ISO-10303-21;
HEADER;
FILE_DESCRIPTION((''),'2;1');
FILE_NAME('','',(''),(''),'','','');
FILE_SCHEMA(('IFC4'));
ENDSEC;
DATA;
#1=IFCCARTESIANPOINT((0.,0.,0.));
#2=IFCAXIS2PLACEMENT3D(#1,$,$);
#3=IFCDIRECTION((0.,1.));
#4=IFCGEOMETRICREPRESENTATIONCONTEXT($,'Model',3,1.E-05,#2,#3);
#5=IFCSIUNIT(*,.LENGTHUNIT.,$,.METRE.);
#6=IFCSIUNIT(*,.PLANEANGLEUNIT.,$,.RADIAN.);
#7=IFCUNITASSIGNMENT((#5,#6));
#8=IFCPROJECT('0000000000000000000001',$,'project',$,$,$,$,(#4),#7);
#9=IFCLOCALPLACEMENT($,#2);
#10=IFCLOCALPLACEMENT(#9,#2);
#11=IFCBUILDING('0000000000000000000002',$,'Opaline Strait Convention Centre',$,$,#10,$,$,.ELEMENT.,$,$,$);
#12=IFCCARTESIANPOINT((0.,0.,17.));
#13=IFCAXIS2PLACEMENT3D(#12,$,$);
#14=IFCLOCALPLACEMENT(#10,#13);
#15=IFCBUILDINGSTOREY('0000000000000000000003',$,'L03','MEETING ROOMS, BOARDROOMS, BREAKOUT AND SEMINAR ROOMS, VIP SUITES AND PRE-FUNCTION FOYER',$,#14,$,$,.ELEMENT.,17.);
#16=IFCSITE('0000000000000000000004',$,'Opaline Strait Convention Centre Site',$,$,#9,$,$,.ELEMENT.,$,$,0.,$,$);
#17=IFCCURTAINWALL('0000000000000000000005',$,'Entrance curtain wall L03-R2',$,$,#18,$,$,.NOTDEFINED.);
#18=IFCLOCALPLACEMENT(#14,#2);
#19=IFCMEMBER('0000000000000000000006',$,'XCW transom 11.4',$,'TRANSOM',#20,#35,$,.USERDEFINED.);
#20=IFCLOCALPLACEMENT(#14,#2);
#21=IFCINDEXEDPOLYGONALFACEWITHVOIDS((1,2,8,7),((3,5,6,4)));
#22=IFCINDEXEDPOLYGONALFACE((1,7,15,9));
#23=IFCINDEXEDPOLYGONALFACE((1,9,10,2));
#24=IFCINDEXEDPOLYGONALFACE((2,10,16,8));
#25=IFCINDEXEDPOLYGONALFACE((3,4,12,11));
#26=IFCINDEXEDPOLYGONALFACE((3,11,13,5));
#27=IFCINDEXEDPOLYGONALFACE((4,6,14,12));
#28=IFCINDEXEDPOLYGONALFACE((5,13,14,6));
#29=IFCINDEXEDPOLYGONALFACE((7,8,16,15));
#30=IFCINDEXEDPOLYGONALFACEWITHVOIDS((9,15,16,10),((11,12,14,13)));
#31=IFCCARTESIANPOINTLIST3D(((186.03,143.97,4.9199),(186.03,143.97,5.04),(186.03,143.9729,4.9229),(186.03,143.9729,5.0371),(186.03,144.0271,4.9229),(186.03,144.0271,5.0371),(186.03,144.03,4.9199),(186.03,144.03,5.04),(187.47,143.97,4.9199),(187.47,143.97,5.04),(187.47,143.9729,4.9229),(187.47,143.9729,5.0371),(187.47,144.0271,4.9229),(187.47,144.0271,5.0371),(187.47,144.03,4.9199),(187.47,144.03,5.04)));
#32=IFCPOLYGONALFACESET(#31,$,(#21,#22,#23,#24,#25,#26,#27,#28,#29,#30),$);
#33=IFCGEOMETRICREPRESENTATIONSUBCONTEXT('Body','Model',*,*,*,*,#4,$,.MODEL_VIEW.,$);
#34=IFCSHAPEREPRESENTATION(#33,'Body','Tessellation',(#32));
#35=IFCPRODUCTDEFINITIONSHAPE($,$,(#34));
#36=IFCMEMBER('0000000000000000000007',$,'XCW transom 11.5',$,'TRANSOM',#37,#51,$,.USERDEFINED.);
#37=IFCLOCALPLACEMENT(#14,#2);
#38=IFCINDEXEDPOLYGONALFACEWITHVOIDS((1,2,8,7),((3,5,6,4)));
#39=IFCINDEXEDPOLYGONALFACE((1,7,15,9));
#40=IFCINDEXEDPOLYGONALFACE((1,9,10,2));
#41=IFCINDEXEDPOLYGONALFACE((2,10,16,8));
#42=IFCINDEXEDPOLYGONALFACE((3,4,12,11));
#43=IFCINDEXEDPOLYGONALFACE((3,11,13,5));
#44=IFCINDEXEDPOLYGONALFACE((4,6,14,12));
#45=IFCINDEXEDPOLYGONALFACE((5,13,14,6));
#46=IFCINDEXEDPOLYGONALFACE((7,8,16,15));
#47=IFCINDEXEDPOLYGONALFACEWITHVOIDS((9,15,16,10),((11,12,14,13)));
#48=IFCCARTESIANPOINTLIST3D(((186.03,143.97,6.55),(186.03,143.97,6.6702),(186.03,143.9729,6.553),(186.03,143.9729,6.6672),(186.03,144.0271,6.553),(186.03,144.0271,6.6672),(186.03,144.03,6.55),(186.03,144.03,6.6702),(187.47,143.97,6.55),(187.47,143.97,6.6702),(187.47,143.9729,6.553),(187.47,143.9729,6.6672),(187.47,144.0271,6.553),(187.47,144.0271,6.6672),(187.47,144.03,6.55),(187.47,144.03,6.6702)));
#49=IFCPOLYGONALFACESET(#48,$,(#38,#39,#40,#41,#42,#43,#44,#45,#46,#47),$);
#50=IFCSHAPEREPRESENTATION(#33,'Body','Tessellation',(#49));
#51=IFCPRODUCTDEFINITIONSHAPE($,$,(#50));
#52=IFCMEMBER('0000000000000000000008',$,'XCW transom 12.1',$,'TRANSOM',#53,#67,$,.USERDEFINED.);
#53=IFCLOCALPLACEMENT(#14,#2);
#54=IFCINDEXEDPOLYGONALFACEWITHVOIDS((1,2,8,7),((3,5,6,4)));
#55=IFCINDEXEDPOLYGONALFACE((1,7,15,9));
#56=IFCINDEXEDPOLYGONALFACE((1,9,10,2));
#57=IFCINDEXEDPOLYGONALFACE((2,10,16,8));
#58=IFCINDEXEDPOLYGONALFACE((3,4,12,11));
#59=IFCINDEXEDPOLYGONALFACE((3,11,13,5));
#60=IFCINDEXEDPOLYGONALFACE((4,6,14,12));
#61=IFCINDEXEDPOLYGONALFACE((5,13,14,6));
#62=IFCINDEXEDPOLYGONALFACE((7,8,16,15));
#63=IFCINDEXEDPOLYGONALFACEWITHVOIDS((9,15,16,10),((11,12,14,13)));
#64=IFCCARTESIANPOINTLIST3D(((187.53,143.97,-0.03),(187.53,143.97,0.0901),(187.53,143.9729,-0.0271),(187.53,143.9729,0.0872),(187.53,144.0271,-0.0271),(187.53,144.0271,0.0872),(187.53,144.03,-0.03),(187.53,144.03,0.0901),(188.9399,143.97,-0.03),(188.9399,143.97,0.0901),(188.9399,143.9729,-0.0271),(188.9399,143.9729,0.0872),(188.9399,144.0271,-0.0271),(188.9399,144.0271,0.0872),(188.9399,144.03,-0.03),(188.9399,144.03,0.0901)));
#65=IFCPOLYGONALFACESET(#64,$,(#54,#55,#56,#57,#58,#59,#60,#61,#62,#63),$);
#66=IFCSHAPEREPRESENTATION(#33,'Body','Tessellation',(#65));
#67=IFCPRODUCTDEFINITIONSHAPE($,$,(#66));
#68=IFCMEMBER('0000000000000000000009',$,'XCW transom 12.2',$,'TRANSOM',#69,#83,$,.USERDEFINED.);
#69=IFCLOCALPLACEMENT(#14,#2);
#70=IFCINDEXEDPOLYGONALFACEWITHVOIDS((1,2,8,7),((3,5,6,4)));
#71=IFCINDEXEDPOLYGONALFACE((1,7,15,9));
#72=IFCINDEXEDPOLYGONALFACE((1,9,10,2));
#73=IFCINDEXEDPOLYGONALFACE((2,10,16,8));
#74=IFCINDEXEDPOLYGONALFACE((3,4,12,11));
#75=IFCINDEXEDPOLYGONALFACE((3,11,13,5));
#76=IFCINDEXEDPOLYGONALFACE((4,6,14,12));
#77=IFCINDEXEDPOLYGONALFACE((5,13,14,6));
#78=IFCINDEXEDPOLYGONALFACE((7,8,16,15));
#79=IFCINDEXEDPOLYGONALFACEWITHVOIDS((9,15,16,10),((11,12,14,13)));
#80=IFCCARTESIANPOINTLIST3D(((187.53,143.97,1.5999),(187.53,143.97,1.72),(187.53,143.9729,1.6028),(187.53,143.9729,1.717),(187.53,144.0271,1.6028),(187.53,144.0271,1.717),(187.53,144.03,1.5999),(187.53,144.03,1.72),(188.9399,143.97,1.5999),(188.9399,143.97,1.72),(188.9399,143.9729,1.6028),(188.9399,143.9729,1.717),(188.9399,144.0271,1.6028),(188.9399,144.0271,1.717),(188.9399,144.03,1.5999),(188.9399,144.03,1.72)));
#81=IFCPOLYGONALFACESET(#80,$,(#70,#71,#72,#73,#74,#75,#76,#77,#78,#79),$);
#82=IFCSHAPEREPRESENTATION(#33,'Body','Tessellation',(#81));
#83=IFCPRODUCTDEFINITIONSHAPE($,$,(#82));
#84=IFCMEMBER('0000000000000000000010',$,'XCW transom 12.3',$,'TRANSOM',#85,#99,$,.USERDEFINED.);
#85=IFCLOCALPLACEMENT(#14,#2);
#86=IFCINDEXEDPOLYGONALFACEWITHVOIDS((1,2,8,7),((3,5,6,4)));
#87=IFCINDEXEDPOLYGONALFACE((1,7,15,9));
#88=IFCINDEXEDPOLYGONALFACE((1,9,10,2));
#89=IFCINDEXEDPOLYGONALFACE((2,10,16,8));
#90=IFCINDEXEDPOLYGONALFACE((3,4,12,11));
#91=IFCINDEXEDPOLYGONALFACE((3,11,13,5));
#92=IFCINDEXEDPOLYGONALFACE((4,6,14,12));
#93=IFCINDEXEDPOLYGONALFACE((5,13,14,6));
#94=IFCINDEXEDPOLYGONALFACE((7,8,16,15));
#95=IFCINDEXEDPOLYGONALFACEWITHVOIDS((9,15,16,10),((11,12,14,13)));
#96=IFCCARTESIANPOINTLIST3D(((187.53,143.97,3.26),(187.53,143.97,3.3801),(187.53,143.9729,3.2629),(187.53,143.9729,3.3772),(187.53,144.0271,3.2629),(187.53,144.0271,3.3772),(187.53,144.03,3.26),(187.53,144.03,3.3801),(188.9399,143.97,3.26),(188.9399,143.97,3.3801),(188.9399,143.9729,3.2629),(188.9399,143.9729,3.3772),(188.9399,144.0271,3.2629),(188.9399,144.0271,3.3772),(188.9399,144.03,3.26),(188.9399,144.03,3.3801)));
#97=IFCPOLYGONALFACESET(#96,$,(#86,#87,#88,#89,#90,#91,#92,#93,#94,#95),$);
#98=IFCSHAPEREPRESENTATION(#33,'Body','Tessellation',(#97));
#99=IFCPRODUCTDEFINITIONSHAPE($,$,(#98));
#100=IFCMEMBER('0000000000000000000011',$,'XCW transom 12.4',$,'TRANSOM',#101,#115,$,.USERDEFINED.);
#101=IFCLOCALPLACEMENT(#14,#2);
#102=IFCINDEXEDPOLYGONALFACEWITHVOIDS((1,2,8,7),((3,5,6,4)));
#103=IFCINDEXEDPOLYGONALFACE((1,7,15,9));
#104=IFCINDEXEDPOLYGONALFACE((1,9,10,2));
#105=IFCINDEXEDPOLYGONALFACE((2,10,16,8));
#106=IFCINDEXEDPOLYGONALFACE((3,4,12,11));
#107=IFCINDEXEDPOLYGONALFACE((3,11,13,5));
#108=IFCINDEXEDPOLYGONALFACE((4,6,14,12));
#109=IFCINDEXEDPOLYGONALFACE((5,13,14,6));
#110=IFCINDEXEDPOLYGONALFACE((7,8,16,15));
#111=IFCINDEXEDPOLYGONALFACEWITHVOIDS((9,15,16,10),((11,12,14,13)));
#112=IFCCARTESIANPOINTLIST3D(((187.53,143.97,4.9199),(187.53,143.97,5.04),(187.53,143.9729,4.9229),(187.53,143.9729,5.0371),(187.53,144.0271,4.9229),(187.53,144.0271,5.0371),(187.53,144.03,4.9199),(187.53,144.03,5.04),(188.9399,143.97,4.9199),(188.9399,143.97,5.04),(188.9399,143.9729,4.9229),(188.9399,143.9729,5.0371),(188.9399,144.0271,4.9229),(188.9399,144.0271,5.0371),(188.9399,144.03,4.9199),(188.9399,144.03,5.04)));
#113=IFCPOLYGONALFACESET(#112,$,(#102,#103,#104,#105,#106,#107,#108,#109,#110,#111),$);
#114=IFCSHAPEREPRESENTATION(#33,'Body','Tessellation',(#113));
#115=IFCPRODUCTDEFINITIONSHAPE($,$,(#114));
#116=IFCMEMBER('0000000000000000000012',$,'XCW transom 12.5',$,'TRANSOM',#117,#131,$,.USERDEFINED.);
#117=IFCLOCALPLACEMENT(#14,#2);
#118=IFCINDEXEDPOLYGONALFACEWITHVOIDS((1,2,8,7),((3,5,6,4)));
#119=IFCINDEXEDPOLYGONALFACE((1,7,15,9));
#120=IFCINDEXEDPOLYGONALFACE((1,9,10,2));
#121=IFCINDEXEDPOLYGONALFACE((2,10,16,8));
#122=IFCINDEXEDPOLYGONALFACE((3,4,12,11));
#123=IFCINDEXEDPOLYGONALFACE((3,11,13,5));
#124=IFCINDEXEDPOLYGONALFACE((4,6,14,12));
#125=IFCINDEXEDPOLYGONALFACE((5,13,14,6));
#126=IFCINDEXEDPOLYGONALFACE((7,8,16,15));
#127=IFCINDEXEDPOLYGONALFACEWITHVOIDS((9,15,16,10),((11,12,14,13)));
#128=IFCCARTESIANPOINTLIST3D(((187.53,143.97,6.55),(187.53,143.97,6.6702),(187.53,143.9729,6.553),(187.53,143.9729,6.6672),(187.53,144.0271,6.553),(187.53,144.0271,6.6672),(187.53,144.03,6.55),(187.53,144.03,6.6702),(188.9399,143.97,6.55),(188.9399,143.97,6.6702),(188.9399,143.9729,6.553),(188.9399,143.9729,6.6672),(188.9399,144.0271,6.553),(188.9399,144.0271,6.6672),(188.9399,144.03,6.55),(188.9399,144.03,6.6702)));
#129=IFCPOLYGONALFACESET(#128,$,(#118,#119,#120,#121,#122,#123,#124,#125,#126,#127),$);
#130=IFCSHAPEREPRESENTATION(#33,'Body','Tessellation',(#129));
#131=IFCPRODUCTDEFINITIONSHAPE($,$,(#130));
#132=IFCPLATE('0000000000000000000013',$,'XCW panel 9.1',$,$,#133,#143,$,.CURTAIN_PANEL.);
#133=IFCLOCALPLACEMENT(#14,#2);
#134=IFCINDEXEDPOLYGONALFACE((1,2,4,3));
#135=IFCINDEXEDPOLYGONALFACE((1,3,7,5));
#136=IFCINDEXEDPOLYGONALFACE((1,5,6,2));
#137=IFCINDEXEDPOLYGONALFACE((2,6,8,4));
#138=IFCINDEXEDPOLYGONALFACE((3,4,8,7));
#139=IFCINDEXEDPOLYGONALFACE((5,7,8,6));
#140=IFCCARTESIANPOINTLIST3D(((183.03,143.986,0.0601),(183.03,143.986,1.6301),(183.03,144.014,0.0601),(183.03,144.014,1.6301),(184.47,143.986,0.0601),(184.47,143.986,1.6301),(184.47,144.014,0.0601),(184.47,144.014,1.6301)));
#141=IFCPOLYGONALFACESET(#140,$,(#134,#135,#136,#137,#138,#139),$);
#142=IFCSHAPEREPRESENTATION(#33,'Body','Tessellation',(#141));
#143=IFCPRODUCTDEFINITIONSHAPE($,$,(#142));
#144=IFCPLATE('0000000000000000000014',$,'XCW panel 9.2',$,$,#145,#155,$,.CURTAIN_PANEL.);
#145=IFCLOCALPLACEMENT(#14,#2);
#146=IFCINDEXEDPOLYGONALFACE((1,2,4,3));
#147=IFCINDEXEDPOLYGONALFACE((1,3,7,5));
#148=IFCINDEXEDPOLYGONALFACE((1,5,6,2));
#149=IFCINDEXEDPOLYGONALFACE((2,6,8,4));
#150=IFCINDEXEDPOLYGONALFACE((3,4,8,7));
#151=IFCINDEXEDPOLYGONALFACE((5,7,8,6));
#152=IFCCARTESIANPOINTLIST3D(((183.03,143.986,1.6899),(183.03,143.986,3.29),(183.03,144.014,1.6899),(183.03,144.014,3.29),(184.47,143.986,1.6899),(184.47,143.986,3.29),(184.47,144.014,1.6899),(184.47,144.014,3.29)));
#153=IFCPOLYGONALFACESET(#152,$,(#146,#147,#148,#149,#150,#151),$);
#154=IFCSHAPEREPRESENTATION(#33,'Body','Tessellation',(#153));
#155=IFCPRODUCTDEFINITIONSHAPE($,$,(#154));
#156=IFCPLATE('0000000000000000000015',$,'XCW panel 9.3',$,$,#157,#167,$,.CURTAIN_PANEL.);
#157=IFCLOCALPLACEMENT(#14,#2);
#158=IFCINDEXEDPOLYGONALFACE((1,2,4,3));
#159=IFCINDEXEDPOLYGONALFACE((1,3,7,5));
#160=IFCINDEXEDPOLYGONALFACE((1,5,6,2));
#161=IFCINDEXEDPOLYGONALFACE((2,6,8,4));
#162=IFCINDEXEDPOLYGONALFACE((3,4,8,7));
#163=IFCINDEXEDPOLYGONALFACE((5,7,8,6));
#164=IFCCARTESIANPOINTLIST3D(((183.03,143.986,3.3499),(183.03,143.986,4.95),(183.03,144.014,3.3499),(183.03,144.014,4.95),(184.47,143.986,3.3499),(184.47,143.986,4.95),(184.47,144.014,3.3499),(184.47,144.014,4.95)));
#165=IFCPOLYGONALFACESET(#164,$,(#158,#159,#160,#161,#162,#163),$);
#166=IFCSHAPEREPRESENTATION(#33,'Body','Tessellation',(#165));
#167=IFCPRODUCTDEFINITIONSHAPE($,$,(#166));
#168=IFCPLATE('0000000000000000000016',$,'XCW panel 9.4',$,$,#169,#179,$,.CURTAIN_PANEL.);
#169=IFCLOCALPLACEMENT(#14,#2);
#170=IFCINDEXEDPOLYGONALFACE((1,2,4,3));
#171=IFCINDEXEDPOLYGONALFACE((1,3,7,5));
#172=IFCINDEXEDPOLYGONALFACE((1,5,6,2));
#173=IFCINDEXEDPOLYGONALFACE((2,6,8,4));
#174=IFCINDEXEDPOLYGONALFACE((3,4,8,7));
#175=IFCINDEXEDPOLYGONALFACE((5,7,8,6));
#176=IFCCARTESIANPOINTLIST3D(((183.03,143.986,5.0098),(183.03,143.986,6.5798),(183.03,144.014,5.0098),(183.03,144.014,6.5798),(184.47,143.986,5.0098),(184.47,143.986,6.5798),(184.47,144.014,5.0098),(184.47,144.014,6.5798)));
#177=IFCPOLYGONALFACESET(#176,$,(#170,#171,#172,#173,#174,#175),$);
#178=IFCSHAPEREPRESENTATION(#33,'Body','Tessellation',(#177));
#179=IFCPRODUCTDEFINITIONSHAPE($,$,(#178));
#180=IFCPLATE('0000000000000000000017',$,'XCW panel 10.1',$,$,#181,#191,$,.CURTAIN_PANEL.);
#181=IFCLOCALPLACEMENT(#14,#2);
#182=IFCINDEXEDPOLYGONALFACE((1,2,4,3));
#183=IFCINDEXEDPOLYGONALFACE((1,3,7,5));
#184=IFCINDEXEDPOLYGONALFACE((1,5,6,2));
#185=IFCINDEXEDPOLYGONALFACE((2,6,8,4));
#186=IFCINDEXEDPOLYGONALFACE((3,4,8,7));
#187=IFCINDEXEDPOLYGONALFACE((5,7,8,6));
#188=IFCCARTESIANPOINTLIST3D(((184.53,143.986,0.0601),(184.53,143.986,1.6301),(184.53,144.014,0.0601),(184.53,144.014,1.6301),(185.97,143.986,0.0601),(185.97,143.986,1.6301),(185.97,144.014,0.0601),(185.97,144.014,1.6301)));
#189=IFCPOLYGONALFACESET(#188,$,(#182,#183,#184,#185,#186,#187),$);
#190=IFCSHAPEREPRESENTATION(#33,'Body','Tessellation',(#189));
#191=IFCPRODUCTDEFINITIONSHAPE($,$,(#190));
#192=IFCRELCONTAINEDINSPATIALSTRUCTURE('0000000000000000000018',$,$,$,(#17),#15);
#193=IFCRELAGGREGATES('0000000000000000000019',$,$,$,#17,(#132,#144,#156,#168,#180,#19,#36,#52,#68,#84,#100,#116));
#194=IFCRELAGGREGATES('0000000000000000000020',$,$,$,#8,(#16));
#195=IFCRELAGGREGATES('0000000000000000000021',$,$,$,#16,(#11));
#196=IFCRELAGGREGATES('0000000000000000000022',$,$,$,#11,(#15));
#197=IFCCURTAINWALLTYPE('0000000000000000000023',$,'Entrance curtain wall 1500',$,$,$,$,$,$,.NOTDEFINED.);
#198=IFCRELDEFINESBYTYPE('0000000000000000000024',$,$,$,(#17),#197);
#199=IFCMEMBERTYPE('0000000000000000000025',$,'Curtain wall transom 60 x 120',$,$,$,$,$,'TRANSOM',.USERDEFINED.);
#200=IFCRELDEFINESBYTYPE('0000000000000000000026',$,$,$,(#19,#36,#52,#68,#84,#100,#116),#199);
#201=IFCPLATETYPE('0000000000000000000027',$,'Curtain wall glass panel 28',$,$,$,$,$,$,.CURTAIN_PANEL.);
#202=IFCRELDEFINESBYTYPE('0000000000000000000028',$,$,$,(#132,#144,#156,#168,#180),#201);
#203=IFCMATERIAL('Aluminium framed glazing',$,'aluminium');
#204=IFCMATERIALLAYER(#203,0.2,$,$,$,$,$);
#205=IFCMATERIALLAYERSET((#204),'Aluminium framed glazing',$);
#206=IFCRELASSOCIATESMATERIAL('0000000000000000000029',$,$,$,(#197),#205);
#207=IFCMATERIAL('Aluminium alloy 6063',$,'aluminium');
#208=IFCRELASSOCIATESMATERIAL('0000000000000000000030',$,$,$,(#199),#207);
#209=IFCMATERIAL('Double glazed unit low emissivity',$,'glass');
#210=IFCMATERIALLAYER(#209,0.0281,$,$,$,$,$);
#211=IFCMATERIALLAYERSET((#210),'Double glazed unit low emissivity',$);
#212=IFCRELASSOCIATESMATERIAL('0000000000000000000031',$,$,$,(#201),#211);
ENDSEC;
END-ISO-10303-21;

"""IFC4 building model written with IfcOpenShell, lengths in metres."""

from ifc_helpers import new_model, si_unit, direction, frame, origin, origin_2d, place, context, subcontext, project, spatial, rectangle, hollow_rectangle, extrude, material, layer, layer_set, material_profile, profile_set, type_object, element, aggregate, save


model = new_model("IFC4")

# Units and contexts
model_context = context("Model", 3, precision=1e-05, world=origin(), true_north=direction((0.0, 1.0)))
body_context = subcontext(model_context, "Body", "Model", "MODEL_VIEW")
ifc_project = project(units=[si_unit("LENGTHUNIT", "METRE"), si_unit("PLANEANGLEUNIT", "RADIAN")], contexts=[model_context])

# Site, building, storey
site_placement = place(None, origin())
site = spatial("IfcSite", under=ifc_project, at=site_placement, Name="Opaline Strait Convention Centre Site", CompositionType="ELEMENT", RefElevation=0.0)
building_placement = place(site_placement, origin())
building = spatial("IfcBuilding", under=site, at=building_placement, Name="Opaline Strait Convention Centre", CompositionType="ELEMENT")
storey_placement = place(building_placement, frame((0.0, 0.0, 17.0)))
storey = spatial("IfcBuildingStorey", under=building, at=storey_placement, Name="L03", Description="MEETING ROOMS, BOARDROOMS, BREAKOUT AND SEMINAR ROOMS, VIP SUITES AND PRE-FUNCTION FOYER", CompositionType="ELEMENT", Elevation=17.0)

# Curtain wall, members, plates
ifc_material_1 = material(Name="Aluminium framed glazing", Category="aluminium")
ifc_layer_1 = layer(ifc_material_1, 0.2)
ifc_layer_set_1 = layer_set([ifc_layer_1], Name="Aluminium framed glazing")
curtain_wall_type = type_object("IfcCurtainWallType", Name="Entrance curtain wall 1500", PredefinedType="NOTDEFINED", material=ifc_layer_set_1)
curtain_wall_placement = place(storey_placement, origin())
curtain_wall = element("IfcCurtainWall", 1, at=curtain_wall_placement, inside=storey, type_object=curtain_wall_type, Name="Entrance curtain wall L03-R2", PredefinedType="NOTDEFINED")
ifc_material_2 = material(Name="Aluminium alloy 6063", Category="aluminium")
ifc_material_profile_1 = material_profile(ifc_material_2, hollow_rectangle(XDim=0.0601, YDim=0.1201, WallThickness=0.0029, at=origin_2d()), Name="TRANSOM 60x120x3")
ifc_profile_set_1 = profile_set([ifc_material_profile_1], Name="Aluminium alloy 6063")
member_type_1 = type_object("IfcMemberType", Name="Curtain wall transom 60 x 120", ElementType="TRANSOM", PredefinedType="USERDEFINED", material=ifc_profile_set_1)
member_1_placement = place(storey_placement, frame((186.03, 144.0, 4.98), z_axis=(1.0, 0.0, 0.0), x_axis=(0.0, 1.0, 0.0)))
member_1 = element("IfcMember", 2, at=member_1_placement, type_object=member_type_1, Name="XCW transom 11.4", ObjectType="TRANSOM", PredefinedType="USERDEFINED", context=body_context, shape_type="SweptSolid", body=[
    extrude(hollow_rectangle(XDim=0.0601, YDim=0.1201, WallThickness=0.0029, at=origin_2d()), origin(), (0.0, 0.0, 1.0), 1.4399),
])
member_2_placement = place(storey_placement, frame((186.03, 144.0, 6.6101), z_axis=(1.0, 0.0, 0.0), x_axis=(0.0, 1.0, 0.0)))
member_2 = element("IfcMember", 3, at=member_2_placement, type_object=member_type_1, Name="XCW transom 11.5", ObjectType="TRANSOM", PredefinedType="USERDEFINED", context=body_context, shape_type="SweptSolid", body=[
    extrude(hollow_rectangle(XDim=0.0601, YDim=0.1201, WallThickness=0.0029, at=origin_2d()), origin(), (0.0, 0.0, 1.0), 1.4399),
])
member_3_placement = place(storey_placement, frame((187.53, 144.0, 0.03), z_axis=(1.0, 0.0, 0.0), x_axis=(0.0, 1.0, 0.0)))
member_3 = element("IfcMember", 4, at=member_3_placement, type_object=member_type_1, Name="XCW transom 12.1", ObjectType="TRANSOM", PredefinedType="USERDEFINED", context=body_context, shape_type="SweptSolid", body=[
    extrude(hollow_rectangle(XDim=0.0601, YDim=0.1201, WallThickness=0.0029, at=origin_2d()), origin(), (0.0, 0.0, 1.0), 1.4099),
])
member_4_placement = place(storey_placement, frame((187.53, 144.0, 1.6599), z_axis=(1.0, 0.0, 0.0), x_axis=(0.0, 1.0, 0.0)))
member_4 = element("IfcMember", 5, at=member_4_placement, type_object=member_type_1, Name="XCW transom 12.2", ObjectType="TRANSOM", PredefinedType="USERDEFINED", context=body_context, shape_type="SweptSolid", body=[
    extrude(hollow_rectangle(XDim=0.0601, YDim=0.1201, WallThickness=0.0029, at=origin_2d()), origin(), (0.0, 0.0, 1.0), 1.4099),
])
member_5_placement = place(storey_placement, frame((187.53, 144.0, 3.3201), z_axis=(1.0, 0.0, 0.0), x_axis=(0.0, 1.0, 0.0)))
member_5 = element("IfcMember", 6, at=member_5_placement, type_object=member_type_1, Name="XCW transom 12.3", ObjectType="TRANSOM", PredefinedType="USERDEFINED", context=body_context, shape_type="SweptSolid", body=[
    extrude(hollow_rectangle(XDim=0.0601, YDim=0.1201, WallThickness=0.0029, at=origin_2d()), origin(), (0.0, 0.0, 1.0), 1.4099),
])
member_6_placement = place(storey_placement, frame((187.53, 144.0, 4.98), z_axis=(1.0, 0.0, 0.0), x_axis=(0.0, 1.0, 0.0)))
member_6 = element("IfcMember", 7, at=member_6_placement, type_object=member_type_1, Name="XCW transom 12.4", ObjectType="TRANSOM", PredefinedType="USERDEFINED", context=body_context, shape_type="SweptSolid", body=[
    extrude(hollow_rectangle(XDim=0.0601, YDim=0.1201, WallThickness=0.0029, at=origin_2d()), origin(), (0.0, 0.0, 1.0), 1.4099),
])
member_7_placement = place(storey_placement, frame((187.53, 144.0, 6.6101), z_axis=(1.0, 0.0, 0.0), x_axis=(0.0, 1.0, 0.0)))
member_7 = element("IfcMember", 8, at=member_7_placement, type_object=member_type_1, Name="XCW transom 12.5", ObjectType="TRANSOM", PredefinedType="USERDEFINED", context=body_context, shape_type="SweptSolid", body=[
    extrude(hollow_rectangle(XDim=0.0601, YDim=0.1201, WallThickness=0.0029, at=origin_2d()), origin(), (0.0, 0.0, 1.0), 1.4099),
])
ifc_material_3 = material(Name="Double glazed unit low emissivity", Category="glass")
ifc_layer_2 = layer(ifc_material_3, 0.0281)
ifc_layer_set_2 = layer_set([ifc_layer_2], Name="Double glazed unit low emissivity")
plate_type = type_object("IfcPlateType", Name="Curtain wall glass panel 28", PredefinedType="CURTAIN_PANEL", material=ifc_layer_set_2)
plate_1_placement = place(storey_placement, frame((183.75, 144.0, 0.0601), z_axis=(0.0, 0.0, 1.0), x_axis=(1.0, 0.0, 0.0)))
plate_1 = element("IfcPlate", 9, at=plate_1_placement, type_object=plate_type, Name="XCW panel 9.1", PredefinedType="CURTAIN_PANEL", context=body_context, shape_type="SweptSolid", body=[
    extrude(rectangle(XDim=1.4399, YDim=0.0281, at=origin_2d()), origin(), (0.0, 0.0, 1.0), 1.5701),
])
plate_2_placement = place(storey_placement, frame((183.75, 144.0, 1.6899), z_axis=(0.0, 0.0, 1.0), x_axis=(1.0, 0.0, 0.0)))
plate_2 = element("IfcPlate", 10, at=plate_2_placement, type_object=plate_type, Name="XCW panel 9.2", PredefinedType="CURTAIN_PANEL", context=body_context, shape_type="SweptSolid", body=[
    extrude(rectangle(XDim=1.4399, YDim=0.0281, at=origin_2d()), origin(), (0.0, 0.0, 1.0), 1.6001),
])
plate_3_placement = place(storey_placement, frame((183.75, 144.0, 3.3499), z_axis=(0.0, 0.0, 1.0), x_axis=(1.0, 0.0, 0.0)))
plate_3 = element("IfcPlate", 11, at=plate_3_placement, type_object=plate_type, Name="XCW panel 9.3", PredefinedType="CURTAIN_PANEL", context=body_context, shape_type="SweptSolid", body=[
    extrude(rectangle(XDim=1.4399, YDim=0.0281, at=origin_2d()), origin(), (0.0, 0.0, 1.0), 1.6001),
])
plate_4_placement = place(storey_placement, frame((183.75, 144.0, 5.0098), z_axis=(0.0, 0.0, 1.0), x_axis=(1.0, 0.0, 0.0)))
plate_4 = element("IfcPlate", 12, at=plate_4_placement, type_object=plate_type, Name="XCW panel 9.4", PredefinedType="CURTAIN_PANEL", context=body_context, shape_type="SweptSolid", body=[
    extrude(rectangle(XDim=1.4399, YDim=0.0281, at=origin_2d()), origin(), (0.0, 0.0, 1.0), 1.5701),
])
plate_5_placement = place(storey_placement, frame((185.25, 144.0, 0.0601), z_axis=(0.0, 0.0, 1.0), x_axis=(1.0, 0.0, 0.0)))
plate_5 = element("IfcPlate", 13, at=plate_5_placement, type_object=plate_type, Name="XCW panel 10.1", PredefinedType="CURTAIN_PANEL", context=body_context, shape_type="SweptSolid", body=[
    extrude(rectangle(XDim=1.4399, YDim=0.0281, at=origin_2d()), origin(), (0.0, 0.0, 1.0), 1.5701),
])
aggregate(curtain_wall, [plate_1, plate_2, plate_3, plate_4, plate_5, member_1, member_2, member_3, member_4, member_5, member_6, member_7])

save(model, "model.ifc")
